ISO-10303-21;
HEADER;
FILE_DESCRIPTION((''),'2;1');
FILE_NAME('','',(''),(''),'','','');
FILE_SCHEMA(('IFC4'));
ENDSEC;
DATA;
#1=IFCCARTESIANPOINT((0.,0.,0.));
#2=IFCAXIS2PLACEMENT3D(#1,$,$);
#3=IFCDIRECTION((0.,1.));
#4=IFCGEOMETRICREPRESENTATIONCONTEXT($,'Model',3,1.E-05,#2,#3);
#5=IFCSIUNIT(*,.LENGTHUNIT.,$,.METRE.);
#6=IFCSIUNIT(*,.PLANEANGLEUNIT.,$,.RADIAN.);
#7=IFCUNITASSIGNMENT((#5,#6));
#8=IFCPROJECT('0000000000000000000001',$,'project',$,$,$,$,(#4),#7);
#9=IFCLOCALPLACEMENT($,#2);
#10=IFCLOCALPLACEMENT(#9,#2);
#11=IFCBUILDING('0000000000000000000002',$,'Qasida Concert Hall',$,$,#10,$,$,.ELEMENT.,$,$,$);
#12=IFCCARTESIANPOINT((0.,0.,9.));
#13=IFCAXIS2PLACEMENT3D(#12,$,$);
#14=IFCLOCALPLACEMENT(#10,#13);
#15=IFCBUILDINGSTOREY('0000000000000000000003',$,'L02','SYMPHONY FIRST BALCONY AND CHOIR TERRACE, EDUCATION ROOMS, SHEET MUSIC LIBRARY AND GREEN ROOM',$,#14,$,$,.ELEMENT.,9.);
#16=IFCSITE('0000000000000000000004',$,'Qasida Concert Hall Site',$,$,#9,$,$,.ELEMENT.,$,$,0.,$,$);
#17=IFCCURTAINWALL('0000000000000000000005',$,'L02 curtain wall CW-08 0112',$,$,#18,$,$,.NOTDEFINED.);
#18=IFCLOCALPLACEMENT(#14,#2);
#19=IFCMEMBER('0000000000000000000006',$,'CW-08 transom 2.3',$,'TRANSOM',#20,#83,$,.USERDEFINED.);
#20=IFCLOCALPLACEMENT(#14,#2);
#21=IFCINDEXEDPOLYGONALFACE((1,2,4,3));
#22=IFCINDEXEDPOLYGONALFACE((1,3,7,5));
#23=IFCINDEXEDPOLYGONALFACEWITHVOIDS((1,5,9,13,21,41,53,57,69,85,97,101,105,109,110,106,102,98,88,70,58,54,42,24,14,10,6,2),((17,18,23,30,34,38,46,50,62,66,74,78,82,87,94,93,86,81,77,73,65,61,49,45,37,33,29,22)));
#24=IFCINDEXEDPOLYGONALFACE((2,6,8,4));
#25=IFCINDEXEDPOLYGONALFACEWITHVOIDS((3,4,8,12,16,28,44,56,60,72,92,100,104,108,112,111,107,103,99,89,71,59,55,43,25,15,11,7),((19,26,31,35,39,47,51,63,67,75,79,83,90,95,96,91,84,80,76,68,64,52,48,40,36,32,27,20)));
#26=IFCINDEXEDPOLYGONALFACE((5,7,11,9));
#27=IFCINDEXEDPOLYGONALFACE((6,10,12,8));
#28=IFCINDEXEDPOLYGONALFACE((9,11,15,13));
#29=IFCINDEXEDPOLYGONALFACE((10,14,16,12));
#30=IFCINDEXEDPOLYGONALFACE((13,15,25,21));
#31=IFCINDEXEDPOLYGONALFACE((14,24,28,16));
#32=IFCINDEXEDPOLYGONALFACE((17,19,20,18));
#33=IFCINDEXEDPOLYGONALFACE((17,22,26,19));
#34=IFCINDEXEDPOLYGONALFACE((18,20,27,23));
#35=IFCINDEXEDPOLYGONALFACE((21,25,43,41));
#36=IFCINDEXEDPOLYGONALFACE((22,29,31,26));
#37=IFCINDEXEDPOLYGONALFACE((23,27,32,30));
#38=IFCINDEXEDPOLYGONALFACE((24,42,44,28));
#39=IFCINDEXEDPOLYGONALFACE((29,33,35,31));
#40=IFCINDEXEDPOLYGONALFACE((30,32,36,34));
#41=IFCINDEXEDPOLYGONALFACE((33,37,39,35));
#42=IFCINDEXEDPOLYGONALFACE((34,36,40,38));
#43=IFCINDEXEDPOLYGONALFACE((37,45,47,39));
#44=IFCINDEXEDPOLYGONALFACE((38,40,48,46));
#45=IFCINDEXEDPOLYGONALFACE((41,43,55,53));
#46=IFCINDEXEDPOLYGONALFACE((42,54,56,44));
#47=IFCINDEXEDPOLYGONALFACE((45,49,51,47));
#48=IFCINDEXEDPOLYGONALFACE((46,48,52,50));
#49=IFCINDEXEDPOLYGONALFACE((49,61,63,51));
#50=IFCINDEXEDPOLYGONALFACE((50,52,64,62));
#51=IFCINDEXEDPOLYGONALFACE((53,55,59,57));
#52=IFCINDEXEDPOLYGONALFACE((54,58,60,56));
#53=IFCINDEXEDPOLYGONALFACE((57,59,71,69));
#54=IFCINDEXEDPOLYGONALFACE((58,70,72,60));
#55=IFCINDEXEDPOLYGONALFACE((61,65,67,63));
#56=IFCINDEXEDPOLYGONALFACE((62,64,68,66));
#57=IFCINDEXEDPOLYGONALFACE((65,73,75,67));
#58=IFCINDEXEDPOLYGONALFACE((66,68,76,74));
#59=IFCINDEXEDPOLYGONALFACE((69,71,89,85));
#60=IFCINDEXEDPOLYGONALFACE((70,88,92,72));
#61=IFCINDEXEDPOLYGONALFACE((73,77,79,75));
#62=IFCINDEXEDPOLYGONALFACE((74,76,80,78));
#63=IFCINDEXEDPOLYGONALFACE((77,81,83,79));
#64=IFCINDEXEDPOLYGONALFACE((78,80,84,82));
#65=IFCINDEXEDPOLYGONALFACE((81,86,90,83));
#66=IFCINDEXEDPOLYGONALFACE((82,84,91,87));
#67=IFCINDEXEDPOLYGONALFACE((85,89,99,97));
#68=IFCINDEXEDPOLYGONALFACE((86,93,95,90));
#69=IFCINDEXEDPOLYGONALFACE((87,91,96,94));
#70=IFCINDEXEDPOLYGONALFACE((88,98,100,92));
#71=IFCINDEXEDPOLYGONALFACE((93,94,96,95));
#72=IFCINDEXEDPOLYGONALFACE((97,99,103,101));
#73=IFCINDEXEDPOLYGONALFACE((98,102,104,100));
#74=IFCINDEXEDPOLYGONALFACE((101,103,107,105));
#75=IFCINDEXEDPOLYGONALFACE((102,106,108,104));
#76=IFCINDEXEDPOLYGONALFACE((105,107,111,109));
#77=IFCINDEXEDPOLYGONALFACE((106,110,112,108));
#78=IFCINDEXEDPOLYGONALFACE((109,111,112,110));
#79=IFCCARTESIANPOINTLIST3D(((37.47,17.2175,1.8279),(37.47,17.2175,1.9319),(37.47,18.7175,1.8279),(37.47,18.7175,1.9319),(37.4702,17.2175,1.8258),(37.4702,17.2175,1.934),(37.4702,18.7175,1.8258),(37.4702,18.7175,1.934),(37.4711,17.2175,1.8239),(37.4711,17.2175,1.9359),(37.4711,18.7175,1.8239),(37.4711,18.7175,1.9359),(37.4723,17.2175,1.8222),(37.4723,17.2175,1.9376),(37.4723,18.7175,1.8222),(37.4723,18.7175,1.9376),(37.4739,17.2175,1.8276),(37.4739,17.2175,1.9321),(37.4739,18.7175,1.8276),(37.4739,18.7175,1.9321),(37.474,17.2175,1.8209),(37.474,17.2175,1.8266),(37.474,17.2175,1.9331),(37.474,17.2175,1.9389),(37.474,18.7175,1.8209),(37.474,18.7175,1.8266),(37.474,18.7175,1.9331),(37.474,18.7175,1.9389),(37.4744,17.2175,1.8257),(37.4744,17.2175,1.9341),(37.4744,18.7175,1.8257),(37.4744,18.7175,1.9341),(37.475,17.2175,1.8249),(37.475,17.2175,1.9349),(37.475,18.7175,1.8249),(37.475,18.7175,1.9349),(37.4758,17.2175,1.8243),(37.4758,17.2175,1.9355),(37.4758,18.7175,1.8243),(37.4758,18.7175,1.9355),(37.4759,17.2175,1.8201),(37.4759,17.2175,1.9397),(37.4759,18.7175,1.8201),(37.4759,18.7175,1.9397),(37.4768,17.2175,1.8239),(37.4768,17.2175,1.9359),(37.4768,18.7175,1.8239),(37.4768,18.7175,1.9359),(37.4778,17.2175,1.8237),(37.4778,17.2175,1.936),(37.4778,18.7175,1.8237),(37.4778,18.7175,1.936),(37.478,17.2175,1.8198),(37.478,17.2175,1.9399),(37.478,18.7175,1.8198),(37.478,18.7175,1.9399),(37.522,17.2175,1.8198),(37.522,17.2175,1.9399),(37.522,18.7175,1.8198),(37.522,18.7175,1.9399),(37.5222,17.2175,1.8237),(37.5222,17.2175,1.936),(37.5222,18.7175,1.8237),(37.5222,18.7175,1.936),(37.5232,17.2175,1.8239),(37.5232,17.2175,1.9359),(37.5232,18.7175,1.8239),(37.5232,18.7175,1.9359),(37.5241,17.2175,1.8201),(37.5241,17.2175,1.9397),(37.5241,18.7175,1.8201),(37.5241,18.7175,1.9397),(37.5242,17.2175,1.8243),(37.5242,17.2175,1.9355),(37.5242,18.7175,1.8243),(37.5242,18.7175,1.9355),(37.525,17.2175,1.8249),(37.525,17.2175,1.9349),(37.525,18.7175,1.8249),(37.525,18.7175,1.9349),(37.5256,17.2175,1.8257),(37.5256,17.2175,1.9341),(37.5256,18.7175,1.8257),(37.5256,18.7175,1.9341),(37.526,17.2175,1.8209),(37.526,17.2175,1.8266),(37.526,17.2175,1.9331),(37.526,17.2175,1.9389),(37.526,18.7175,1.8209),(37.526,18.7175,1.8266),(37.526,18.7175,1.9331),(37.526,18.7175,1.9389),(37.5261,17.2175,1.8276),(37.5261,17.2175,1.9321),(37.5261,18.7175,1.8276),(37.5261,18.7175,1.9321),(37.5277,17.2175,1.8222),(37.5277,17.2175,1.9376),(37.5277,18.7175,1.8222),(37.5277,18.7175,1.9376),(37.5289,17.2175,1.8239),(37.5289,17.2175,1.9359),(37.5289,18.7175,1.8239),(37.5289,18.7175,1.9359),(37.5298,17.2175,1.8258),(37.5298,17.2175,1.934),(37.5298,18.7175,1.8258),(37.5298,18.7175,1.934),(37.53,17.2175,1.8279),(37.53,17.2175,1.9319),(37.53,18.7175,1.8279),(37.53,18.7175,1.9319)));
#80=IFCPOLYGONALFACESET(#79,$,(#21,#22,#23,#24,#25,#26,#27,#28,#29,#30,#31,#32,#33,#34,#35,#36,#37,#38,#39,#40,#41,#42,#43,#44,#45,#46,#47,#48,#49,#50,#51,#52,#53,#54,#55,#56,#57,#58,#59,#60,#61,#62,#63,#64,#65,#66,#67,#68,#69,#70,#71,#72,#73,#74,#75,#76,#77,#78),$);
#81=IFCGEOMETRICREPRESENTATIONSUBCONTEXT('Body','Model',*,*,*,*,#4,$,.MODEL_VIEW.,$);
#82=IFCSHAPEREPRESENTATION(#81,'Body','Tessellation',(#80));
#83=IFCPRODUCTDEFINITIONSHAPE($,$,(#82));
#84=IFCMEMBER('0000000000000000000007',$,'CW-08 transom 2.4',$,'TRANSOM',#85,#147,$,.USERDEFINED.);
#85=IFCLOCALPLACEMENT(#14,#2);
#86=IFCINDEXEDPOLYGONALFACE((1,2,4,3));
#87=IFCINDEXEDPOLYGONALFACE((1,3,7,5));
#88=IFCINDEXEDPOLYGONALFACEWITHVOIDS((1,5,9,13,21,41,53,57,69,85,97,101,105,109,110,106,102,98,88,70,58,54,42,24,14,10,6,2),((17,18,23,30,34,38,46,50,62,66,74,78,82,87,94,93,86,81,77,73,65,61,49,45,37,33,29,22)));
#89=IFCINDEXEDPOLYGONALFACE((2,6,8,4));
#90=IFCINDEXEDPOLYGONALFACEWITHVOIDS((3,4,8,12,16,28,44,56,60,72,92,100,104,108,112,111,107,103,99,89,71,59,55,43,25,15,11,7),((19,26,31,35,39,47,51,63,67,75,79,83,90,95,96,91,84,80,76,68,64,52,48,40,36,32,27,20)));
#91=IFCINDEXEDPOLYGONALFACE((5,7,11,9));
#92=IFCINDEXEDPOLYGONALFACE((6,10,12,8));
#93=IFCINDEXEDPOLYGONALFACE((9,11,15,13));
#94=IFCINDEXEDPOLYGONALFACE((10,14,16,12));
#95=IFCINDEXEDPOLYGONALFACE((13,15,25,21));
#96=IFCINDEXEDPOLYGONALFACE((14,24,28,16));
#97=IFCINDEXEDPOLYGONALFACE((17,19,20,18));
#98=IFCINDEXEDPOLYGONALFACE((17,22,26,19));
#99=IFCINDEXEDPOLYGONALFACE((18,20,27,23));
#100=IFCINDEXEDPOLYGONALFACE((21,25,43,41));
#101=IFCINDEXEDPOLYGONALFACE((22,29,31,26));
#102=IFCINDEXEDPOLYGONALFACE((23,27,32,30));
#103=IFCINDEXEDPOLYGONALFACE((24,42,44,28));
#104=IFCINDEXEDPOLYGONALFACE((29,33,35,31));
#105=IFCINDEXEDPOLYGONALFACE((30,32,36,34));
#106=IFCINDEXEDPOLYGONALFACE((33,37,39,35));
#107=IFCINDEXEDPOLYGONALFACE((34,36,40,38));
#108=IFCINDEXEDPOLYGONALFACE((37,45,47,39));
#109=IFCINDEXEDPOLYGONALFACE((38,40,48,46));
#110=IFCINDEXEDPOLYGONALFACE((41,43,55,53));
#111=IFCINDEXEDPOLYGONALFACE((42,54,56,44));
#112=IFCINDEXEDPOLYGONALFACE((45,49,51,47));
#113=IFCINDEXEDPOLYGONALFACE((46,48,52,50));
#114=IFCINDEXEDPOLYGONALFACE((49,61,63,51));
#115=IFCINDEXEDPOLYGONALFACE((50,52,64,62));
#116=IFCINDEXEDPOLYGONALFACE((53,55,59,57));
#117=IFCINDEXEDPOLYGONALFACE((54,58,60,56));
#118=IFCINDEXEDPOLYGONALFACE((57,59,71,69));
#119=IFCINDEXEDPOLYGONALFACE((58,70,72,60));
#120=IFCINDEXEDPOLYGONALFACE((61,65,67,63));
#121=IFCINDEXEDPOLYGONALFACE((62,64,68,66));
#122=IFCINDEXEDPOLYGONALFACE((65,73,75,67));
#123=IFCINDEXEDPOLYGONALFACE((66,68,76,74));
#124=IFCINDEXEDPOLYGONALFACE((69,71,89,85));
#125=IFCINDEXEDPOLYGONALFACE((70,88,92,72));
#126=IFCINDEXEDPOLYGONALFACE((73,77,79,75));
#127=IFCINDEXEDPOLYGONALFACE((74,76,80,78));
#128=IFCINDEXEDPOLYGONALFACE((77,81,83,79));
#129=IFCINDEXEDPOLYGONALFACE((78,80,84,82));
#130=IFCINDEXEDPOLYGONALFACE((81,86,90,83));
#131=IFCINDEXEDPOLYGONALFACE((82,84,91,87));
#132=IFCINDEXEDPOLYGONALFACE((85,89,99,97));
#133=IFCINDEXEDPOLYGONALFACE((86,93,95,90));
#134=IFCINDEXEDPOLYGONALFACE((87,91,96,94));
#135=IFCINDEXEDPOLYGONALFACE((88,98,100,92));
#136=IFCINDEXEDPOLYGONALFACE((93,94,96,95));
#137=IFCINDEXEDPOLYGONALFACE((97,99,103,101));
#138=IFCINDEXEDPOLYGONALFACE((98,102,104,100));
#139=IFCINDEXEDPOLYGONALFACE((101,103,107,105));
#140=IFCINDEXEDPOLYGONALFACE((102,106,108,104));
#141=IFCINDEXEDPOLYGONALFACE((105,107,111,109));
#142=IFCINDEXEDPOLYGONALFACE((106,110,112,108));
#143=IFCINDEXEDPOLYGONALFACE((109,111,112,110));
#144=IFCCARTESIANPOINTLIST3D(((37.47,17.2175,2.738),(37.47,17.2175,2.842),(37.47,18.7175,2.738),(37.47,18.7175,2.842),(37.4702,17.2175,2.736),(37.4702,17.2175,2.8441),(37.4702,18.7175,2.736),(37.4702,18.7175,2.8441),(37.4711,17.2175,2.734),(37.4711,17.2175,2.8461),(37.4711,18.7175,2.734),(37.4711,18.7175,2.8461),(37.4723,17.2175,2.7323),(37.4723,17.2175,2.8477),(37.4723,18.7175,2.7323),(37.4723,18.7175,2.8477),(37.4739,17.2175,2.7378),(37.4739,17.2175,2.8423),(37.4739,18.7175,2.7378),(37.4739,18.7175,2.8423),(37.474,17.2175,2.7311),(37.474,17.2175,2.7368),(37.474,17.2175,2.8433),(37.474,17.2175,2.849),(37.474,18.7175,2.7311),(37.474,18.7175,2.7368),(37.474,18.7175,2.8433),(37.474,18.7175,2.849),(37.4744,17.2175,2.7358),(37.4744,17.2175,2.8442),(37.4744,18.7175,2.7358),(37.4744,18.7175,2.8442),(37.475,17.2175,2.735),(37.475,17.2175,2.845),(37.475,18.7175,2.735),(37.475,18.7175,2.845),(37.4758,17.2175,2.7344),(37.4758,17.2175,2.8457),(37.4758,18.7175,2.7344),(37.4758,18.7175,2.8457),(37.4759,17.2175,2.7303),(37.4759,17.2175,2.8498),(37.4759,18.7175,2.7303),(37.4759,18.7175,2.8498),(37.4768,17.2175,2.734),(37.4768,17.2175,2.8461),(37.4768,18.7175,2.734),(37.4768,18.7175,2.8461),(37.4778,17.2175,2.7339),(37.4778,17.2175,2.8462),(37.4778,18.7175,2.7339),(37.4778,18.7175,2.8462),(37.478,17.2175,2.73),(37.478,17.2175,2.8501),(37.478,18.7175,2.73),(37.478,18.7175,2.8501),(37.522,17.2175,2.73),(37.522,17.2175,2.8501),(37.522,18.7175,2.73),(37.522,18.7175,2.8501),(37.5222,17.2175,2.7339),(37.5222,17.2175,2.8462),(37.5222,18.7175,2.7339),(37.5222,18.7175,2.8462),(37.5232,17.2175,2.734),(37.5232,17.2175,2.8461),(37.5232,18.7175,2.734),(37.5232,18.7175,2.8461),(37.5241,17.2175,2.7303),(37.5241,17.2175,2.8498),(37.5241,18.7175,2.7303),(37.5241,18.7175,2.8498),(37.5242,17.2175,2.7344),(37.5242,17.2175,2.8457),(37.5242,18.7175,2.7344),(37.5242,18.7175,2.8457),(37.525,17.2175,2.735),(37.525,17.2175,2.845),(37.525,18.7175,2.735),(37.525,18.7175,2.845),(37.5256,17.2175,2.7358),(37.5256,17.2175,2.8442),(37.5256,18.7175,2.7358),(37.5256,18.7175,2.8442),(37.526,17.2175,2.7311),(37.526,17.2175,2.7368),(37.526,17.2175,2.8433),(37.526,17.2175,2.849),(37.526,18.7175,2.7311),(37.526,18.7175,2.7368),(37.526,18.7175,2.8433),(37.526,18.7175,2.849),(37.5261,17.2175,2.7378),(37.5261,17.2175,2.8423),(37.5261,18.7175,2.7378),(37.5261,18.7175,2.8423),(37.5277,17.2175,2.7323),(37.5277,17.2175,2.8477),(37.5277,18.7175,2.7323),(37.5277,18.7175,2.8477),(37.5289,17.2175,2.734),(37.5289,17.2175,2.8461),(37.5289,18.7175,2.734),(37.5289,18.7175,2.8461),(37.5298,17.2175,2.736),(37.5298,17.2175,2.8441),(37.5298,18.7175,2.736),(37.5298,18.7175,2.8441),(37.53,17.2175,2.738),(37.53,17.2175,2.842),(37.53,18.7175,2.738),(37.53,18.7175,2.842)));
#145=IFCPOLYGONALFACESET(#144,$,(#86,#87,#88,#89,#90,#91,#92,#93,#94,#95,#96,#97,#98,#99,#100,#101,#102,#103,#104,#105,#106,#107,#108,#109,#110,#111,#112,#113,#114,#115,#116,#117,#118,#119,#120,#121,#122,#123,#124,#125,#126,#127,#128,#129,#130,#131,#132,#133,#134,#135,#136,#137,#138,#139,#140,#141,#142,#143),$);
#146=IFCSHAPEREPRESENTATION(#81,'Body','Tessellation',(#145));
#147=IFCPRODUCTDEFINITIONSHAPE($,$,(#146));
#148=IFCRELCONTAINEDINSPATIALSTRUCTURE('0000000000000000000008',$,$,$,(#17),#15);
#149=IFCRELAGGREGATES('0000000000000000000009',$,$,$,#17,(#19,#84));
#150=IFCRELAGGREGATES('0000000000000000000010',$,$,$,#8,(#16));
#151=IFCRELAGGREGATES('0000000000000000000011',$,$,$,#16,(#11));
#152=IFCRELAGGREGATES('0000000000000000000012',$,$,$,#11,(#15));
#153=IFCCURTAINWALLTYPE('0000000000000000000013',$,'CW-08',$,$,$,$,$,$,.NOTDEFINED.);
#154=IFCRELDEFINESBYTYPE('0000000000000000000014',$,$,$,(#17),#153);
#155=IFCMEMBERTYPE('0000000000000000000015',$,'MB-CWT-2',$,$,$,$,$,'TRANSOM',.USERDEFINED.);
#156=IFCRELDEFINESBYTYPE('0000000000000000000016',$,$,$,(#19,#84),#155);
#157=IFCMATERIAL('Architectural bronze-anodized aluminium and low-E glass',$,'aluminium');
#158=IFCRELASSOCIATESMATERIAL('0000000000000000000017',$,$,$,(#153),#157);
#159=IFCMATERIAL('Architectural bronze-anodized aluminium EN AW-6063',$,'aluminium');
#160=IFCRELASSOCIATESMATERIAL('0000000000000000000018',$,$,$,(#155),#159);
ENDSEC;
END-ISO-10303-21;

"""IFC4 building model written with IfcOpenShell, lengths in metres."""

from ifc_helpers import new_model, si_unit, direction, frame, origin, origin_2d, place, context, subcontext, project, spatial, hollow_rectangle, extrude, material, material_profile, profile_set, type_object, element, aggregate, save


model = new_model("IFC4")

# Units and contexts
model_context = context("Model", 3, precision=1e-05, world=origin(), true_north=direction((0.0, 1.0)))
body_context = subcontext(model_context, "Body", "Model", "MODEL_VIEW")
ifc_project = project(units=[si_unit("LENGTHUNIT", "METRE"), si_unit("PLANEANGLEUNIT", "RADIAN")], contexts=[model_context])

# Site, building, storey
site_placement = place(None, origin())
site = spatial("IfcSite", under=ifc_project, at=site_placement, Name="Qasida Concert Hall Site", CompositionType="ELEMENT", RefElevation=0.0)
building_placement = place(site_placement, origin())
building = spatial("IfcBuilding", under=site, at=building_placement, Name="Qasida Concert Hall", CompositionType="ELEMENT")
storey_placement = place(building_placement, frame((0.0, 0.0, 9.0)))
storey = spatial("IfcBuildingStorey", under=building, at=storey_placement, Name="L02", Description="SYMPHONY FIRST BALCONY AND CHOIR TERRACE, EDUCATION ROOMS, SHEET MUSIC LIBRARY AND GREEN ROOM", CompositionType="ELEMENT", Elevation=9.0)

# Curtain wall, members
ifc_material_1 = material(Name="Architectural bronze-anodized aluminium and low-E glass", Category="aluminium")
curtain_wall_type = type_object("IfcCurtainWallType", Name="CW-08", PredefinedType="NOTDEFINED", material=ifc_material_1)
curtain_wall_placement = place(storey_placement, origin())
curtain_wall = element("IfcCurtainWall", 1, at=curtain_wall_placement, inside=storey, type_object=curtain_wall_type, Name="L02 curtain wall CW-08 0112", PredefinedType="NOTDEFINED")
ifc_material_2 = material(Name="Architectural bronze-anodized aluminium EN AW-6063", Category="aluminium")
ifc_material_profile_1 = material_profile(ifc_material_2, hollow_rectangle(XDim=0.0601, YDim=0.1201, WallThickness=0.0039, InnerFilletRadius=0.0039, OuterFilletRadius=0.0081, at=origin_2d()), Name="CWT 120x60x4")
ifc_profile_set_1 = profile_set([ifc_material_profile_1], Name="Architectural bronze-anodized aluminium EN AW-6063")
member_type_1 = type_object("IfcMemberType", Name="MB-CWT-2", ElementType="TRANSOM", PredefinedType="USERDEFINED", material=ifc_profile_set_1)
member_1_placement = place(storey_placement, frame((37.5, 17.2175, 1.8799), z_axis=(0.0, 1.0, 0.0), x_axis=(-1.0, 0.0, 0.0)))
member_1 = element("IfcMember", 2, at=member_1_placement, type_object=member_type_1, Name="CW-08 transom 2.3", ObjectType="TRANSOM", PredefinedType="USERDEFINED", context=body_context, shape_type="SweptSolid", body=[
    extrude(hollow_rectangle(XDim=0.0601, YDim=0.1201, WallThickness=0.0039, InnerFilletRadius=0.0039, OuterFilletRadius=0.0081, at=origin_2d()), origin(), (0.0, 0.0, 1.0), 1.5),
])
member_2_placement = place(storey_placement, frame((37.5, 17.2175, 2.79), z_axis=(0.0, 1.0, 0.0), x_axis=(-1.0, 0.0, 0.0)))
member_2 = element("IfcMember", 3, at=member_2_placement, type_object=member_type_1, Name="CW-08 transom 2.4", ObjectType="TRANSOM", PredefinedType="USERDEFINED", context=body_context, shape_type="SweptSolid", body=[
    extrude(hollow_rectangle(XDim=0.0601, YDim=0.1201, WallThickness=0.0039, InnerFilletRadius=0.0039, OuterFilletRadius=0.0081, at=origin_2d()), origin(), (0.0, 0.0, 1.0), 1.5),
])
aggregate(curtain_wall, [member_1, member_2])

save(model, "model.ifc")
